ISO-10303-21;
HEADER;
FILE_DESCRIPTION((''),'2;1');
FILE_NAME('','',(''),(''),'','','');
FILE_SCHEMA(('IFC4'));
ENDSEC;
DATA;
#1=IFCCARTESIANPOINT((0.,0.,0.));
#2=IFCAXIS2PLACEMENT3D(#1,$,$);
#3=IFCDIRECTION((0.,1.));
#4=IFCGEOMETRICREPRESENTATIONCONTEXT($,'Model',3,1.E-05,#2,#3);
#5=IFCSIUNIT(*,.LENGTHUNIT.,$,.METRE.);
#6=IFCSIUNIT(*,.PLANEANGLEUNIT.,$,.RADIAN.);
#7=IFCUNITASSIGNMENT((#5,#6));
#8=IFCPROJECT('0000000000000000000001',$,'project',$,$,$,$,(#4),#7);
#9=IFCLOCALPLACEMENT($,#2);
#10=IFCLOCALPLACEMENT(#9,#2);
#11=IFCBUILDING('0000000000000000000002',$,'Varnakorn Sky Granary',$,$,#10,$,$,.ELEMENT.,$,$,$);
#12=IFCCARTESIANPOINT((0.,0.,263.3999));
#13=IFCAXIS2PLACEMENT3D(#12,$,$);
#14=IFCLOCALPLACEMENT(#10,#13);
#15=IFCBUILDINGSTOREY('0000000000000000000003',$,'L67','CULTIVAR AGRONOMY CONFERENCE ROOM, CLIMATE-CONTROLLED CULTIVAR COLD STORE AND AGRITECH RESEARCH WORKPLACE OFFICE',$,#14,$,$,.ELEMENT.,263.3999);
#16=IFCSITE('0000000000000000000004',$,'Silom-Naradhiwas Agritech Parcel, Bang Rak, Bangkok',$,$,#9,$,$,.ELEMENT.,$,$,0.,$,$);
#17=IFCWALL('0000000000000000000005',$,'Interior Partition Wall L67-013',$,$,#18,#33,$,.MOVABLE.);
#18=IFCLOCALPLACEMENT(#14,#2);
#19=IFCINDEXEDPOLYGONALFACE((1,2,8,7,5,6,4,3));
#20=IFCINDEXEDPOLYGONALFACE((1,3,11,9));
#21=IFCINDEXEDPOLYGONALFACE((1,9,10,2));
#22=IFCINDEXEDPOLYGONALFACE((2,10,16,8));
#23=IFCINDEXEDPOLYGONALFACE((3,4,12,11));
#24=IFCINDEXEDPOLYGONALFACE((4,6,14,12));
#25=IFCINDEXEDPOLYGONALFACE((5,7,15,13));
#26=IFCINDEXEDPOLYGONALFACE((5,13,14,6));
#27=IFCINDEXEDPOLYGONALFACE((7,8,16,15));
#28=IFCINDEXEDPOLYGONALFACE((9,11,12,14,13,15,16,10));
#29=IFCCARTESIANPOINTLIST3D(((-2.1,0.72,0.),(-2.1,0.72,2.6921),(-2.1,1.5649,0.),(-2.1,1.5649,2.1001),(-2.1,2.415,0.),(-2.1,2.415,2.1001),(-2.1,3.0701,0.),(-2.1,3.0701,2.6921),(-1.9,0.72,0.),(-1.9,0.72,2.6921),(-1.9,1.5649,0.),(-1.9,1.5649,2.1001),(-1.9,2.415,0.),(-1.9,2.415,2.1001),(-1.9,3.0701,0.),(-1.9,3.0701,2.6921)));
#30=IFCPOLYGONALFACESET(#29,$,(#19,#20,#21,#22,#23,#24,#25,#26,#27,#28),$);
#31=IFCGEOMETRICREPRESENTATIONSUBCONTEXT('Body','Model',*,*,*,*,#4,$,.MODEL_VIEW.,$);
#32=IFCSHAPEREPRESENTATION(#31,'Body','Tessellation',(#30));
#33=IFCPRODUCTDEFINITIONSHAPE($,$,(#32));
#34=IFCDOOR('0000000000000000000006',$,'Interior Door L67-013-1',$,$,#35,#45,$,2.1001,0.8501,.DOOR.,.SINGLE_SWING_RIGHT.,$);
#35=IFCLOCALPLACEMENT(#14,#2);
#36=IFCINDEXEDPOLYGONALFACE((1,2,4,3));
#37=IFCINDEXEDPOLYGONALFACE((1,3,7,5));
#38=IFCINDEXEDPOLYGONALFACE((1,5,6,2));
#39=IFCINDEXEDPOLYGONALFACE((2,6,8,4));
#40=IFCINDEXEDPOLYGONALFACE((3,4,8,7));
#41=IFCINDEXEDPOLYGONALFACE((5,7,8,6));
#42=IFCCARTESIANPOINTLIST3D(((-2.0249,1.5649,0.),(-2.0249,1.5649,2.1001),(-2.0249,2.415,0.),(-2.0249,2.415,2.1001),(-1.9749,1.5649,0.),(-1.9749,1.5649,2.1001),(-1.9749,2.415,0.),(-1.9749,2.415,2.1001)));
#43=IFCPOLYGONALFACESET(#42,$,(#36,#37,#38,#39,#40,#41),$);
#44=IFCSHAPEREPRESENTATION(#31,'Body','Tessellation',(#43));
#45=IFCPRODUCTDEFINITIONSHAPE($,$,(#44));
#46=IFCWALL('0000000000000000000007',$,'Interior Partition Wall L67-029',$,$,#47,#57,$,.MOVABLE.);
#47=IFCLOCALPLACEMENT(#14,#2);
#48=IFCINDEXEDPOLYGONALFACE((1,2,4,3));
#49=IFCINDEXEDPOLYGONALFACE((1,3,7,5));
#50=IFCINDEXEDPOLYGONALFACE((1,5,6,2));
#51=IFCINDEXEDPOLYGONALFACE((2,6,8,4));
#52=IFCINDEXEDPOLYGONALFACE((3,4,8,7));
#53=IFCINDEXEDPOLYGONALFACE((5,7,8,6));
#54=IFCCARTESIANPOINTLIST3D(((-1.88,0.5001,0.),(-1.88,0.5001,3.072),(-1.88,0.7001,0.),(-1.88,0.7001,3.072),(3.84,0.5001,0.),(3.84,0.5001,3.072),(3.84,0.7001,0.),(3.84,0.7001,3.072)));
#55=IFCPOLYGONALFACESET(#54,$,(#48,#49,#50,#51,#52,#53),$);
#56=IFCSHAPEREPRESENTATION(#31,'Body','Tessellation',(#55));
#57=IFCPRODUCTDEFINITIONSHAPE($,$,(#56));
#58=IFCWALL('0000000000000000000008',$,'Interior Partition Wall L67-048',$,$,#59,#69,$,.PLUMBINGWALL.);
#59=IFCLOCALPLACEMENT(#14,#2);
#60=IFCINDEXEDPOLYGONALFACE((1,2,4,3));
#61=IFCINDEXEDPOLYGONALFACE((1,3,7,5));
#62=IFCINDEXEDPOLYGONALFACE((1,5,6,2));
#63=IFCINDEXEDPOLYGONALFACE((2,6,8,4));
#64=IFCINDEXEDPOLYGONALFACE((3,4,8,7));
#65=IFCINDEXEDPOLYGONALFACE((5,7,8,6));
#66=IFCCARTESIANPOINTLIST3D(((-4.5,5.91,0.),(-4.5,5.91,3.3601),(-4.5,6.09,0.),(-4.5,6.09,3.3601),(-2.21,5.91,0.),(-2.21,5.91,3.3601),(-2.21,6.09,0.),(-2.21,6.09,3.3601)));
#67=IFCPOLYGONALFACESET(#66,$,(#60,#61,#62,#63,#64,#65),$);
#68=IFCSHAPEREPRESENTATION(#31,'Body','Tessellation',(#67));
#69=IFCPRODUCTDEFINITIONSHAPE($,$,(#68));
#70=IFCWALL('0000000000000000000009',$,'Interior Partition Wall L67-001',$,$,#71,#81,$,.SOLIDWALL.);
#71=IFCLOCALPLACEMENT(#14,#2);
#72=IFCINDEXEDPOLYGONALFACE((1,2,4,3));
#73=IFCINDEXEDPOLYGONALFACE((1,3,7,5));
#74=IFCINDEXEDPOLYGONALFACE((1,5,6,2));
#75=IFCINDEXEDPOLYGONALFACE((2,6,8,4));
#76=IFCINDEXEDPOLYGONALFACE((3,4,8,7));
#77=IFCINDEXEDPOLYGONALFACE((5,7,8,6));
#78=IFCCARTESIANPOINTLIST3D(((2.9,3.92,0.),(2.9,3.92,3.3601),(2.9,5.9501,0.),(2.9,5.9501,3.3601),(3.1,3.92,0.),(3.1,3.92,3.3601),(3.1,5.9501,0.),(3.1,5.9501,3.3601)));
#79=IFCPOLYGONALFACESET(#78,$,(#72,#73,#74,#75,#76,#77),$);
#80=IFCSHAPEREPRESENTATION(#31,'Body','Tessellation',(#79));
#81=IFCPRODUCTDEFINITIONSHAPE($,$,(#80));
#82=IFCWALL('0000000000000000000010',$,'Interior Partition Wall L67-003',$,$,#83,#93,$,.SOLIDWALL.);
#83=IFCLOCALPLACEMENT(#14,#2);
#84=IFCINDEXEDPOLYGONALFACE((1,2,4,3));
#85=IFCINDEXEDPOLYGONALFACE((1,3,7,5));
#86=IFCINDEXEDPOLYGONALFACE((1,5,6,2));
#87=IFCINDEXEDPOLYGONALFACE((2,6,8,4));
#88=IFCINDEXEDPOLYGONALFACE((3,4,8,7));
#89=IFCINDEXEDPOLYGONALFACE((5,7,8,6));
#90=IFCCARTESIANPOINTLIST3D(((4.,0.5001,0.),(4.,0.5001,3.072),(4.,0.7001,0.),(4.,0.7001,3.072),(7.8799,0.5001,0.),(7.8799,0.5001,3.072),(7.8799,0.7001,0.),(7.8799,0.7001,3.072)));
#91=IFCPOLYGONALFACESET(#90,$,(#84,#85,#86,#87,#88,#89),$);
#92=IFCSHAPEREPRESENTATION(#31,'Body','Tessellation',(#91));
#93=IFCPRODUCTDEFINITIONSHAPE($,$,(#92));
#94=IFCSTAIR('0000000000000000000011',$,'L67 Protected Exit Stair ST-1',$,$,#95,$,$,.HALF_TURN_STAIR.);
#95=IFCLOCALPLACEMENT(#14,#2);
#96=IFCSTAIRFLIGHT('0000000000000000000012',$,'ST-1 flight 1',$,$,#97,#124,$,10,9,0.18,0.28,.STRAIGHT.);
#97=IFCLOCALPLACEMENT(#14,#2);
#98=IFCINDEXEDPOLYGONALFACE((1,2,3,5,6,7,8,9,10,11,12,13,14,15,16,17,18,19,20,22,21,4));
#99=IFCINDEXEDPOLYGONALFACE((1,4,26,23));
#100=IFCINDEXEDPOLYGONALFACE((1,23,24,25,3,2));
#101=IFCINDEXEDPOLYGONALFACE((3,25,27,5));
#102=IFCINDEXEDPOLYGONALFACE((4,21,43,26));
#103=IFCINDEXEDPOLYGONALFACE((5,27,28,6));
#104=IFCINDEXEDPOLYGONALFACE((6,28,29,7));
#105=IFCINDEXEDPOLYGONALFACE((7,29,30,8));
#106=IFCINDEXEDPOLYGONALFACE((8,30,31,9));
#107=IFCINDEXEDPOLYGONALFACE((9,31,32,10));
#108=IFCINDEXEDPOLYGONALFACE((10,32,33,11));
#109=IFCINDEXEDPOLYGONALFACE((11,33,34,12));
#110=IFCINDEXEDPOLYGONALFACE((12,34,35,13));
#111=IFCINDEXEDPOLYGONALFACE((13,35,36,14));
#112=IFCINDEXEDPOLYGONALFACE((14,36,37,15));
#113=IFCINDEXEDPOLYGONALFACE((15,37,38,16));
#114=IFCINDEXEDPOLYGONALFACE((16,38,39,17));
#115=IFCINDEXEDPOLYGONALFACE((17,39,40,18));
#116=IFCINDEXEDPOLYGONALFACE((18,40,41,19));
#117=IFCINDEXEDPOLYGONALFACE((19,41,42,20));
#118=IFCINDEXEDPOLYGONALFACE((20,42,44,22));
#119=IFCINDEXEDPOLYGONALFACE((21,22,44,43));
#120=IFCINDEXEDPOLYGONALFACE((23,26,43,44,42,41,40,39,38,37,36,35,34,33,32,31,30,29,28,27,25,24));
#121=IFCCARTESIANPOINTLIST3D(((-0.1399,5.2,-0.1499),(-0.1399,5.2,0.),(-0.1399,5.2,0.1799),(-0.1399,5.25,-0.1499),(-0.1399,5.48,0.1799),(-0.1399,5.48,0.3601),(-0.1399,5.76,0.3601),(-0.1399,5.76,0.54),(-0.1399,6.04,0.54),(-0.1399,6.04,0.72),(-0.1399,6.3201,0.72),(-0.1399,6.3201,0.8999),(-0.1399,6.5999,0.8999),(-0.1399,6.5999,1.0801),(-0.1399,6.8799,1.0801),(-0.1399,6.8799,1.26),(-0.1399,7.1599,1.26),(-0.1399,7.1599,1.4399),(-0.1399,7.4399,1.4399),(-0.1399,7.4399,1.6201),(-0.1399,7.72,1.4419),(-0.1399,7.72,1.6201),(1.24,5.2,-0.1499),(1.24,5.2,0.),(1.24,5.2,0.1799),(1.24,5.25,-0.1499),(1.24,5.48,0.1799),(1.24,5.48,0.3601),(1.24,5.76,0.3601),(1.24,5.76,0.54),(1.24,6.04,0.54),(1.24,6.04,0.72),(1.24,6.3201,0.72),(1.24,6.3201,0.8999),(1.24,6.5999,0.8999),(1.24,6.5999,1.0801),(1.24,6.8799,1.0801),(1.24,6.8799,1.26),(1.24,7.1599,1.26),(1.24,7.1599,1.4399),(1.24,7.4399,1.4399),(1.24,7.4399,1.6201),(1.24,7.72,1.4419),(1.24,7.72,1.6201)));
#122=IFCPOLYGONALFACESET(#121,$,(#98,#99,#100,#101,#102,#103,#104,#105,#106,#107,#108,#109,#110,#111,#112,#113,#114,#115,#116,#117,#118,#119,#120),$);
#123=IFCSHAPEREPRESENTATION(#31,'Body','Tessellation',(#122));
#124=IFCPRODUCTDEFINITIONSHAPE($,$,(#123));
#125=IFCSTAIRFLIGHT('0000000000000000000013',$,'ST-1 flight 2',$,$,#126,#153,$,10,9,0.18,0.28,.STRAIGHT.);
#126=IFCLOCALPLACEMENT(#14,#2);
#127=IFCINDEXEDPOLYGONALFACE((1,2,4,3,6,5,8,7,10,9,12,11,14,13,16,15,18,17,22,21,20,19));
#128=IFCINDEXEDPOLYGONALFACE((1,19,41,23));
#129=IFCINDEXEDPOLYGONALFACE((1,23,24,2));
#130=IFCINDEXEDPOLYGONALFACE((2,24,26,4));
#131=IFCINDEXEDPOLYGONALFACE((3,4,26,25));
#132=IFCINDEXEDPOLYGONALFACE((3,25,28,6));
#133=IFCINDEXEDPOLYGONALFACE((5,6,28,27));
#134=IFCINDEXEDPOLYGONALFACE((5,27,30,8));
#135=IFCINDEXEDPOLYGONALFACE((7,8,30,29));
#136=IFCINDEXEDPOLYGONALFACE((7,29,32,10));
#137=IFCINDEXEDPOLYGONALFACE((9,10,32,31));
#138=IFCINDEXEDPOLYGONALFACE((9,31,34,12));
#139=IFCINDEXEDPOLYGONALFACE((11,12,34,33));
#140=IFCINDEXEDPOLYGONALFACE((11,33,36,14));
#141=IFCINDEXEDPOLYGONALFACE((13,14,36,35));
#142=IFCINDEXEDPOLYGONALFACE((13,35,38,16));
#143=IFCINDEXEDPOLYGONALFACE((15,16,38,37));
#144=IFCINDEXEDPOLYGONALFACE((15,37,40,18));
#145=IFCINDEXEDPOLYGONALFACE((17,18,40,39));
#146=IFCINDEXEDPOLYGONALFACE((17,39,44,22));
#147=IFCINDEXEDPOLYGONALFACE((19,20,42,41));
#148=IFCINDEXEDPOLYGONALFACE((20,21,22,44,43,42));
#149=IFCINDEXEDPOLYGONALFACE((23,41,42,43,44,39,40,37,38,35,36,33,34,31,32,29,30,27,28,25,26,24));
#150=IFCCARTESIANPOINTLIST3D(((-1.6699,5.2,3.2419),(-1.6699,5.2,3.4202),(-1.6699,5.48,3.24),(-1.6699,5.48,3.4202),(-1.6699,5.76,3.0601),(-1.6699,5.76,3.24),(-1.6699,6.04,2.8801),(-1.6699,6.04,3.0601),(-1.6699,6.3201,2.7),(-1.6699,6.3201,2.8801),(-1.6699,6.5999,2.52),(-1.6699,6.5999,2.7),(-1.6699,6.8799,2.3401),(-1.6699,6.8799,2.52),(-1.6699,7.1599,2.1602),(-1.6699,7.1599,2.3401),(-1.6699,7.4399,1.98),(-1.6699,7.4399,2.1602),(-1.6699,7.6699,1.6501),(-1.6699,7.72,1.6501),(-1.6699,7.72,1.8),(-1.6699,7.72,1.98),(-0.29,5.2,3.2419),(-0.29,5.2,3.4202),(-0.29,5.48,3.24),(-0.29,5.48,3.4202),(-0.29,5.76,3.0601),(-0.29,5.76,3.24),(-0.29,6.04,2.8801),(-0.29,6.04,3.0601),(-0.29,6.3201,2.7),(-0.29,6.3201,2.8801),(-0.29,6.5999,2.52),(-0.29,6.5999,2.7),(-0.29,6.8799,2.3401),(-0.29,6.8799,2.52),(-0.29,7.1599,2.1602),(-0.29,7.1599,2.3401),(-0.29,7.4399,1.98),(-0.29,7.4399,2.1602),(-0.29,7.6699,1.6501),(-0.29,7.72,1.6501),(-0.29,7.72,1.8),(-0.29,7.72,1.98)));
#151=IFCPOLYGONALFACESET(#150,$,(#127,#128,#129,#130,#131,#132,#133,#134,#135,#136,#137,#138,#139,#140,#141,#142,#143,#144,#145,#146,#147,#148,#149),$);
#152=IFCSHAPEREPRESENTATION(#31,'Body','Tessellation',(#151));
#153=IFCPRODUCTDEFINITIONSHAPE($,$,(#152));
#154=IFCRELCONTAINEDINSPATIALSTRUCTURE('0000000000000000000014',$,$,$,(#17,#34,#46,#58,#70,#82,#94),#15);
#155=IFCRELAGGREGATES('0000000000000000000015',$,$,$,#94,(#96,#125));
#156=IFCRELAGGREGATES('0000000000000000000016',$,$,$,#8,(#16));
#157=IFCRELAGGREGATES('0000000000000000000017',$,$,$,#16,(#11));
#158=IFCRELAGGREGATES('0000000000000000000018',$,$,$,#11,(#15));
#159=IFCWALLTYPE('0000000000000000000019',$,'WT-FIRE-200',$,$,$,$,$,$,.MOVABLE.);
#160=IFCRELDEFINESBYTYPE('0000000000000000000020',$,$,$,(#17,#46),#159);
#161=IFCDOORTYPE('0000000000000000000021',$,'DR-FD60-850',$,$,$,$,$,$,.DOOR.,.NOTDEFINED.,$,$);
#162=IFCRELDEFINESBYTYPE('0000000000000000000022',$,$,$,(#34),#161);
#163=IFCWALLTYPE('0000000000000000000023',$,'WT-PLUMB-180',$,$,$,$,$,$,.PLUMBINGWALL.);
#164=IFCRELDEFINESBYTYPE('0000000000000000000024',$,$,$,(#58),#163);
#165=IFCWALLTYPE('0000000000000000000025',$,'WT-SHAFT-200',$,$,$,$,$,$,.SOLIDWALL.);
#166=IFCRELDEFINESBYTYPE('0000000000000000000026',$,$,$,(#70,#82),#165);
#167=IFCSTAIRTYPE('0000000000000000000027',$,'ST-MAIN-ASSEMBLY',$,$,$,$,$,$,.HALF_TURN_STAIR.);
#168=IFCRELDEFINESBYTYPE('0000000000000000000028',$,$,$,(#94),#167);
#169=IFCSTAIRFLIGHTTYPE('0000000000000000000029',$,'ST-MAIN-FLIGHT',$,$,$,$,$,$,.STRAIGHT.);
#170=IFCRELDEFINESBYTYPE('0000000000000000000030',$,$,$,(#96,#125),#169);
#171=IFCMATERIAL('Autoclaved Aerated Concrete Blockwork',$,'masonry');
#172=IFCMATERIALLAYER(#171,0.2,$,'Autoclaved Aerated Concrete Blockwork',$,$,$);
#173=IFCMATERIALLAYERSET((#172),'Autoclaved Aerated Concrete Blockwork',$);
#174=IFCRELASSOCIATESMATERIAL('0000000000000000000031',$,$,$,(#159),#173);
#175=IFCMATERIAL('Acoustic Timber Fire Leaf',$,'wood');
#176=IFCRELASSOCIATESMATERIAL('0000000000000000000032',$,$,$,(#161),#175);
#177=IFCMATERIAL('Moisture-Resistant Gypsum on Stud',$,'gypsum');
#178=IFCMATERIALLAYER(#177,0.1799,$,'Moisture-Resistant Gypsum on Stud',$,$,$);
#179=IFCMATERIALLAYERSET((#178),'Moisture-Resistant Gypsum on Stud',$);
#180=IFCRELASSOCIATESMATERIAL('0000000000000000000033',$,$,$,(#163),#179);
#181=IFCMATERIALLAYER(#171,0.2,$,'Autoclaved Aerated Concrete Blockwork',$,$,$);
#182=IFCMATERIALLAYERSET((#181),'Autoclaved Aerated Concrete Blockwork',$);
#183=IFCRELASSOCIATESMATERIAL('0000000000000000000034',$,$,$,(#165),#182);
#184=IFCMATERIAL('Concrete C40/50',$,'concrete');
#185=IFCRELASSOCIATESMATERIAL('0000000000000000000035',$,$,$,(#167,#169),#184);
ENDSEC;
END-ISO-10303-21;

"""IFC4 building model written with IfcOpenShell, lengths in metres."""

from ifc_helpers import new_model, si_unit, direction, frame, frame_2d, origin, place, context, subcontext, project, spatial, polyline, rectangle, outline, extrude, material, layer, layer_set, type_object, element, fill, aggregate, save


model = new_model("IFC4")

# Units and contexts
model_context = context("Model", 3, precision=1e-05, world=origin(), true_north=direction((0.0, 1.0)))
body_context = subcontext(model_context, "Body", "Model", "MODEL_VIEW")
ifc_project = project(units=[si_unit("LENGTHUNIT", "METRE"), si_unit("PLANEANGLEUNIT", "RADIAN")], contexts=[model_context])

# Site, building, storey
site_placement = place(None, origin())
site = spatial("IfcSite", under=ifc_project, at=site_placement, Name="Silom-Naradhiwas Agritech Parcel, Bang Rak, Bangkok", CompositionType="ELEMENT", RefElevation=0.0)
building_placement = place(site_placement, origin())
building = spatial("IfcBuilding", under=site, at=building_placement, Name="Varnakorn Sky Granary", CompositionType="ELEMENT")
storey_placement = place(building_placement, frame((0.0, 0.0, 263.3999)))
storey = spatial("IfcBuildingStorey", under=building, at=storey_placement, Name="L67", Description="CULTIVAR AGRONOMY CONFERENCE ROOM, CLIMATE-CONTROLLED CULTIVAR COLD STORE AND AGRITECH RESEARCH WORKPLACE OFFICE", CompositionType="ELEMENT", Elevation=263.3999)

# Shared definitions
ifc_material_1 = material(Name="Autoclaved Aerated Concrete Blockwork", Category="masonry")
ifc_layer_1 = layer(ifc_material_1, 0.2, Name="Autoclaved Aerated Concrete Blockwork")
ifc_layer_set_1 = layer_set([ifc_layer_1], Name="Autoclaved Aerated Concrete Blockwork")
wall_type_1 = type_object("IfcWallType", Name="WT-FIRE-200", PredefinedType="MOVABLE", material=ifc_layer_set_1)
ifc_material_2 = material(Name="Acoustic Timber Fire Leaf", Category="wood")
door_type_1 = type_object("IfcDoorType", Name="DR-FD60-850", OperationType="NOTDEFINED", PredefinedType="DOOR", material=ifc_material_2)

# Wall, opening, door
wall_1_placement = place(storey_placement, frame((-2.0, 0.72, 0.0), z_axis=(0.0, 0.0, 1.0), x_axis=(0.0, 1.0, 0.0)))
wall_1 = element("IfcWall", 1, at=wall_1_placement, inside=storey, type_object=wall_type_1, Name="Interior Partition Wall L67-013", PredefinedType="MOVABLE", context=body_context, shape_type="SweptSolid", body=[
    extrude(rectangle(XDim=2.3501, YDim=0.2, at=frame_2d((1.175, 0.0))), origin(), (0.0, 0.0, 1.0), 2.6921),
])
opening_1_placement = place(wall_1_placement, frame((0.845, 0.0, 0.0)))
opening_1 = element("IfcOpeningElement", 2, at=opening_1_placement, cuts=wall_1, PredefinedType="OPENING", context=body_context, shape_type="SweptSolid", body=[
    extrude(rectangle(XDim=0.8501, YDim=2.1001, at=frame_2d((0.425, 1.05))), frame((0.0, 0.1099, 0.0), z_axis=(0.0, -1.0, 0.0), x_axis=(1.0, 0.0, 0.0)), (0.0, 0.0, 1.0), 0.22),
])
door_1_placement = place(opening_1_placement, origin())
door_1 = element("IfcDoor", 3, at=door_1_placement, inside=storey, type_object=door_type_1, Name="Interior Door L67-013-1", OperationType="SINGLE_SWING_RIGHT", OverallHeight=2.1001, OverallWidth=0.8501, PredefinedType="DOOR", context=body_context, shape_type="SweptSolid", body=[
    extrude(rectangle(XDim=0.8501, YDim=2.1001, at=frame_2d((0.425, 1.05))), frame((0.0, 0.0249, 0.0), z_axis=(0.0, -1.0, 0.0), x_axis=(1.0, 0.0, 0.0)), (0.0, 0.0, 1.0), 0.05),
])
fill(opening_1, door_1)

# Walls
wall_2_placement = place(storey_placement, frame((-1.8799, 0.6001, 0.0), z_axis=(0.0, 0.0, 1.0), x_axis=(1.0, 0.0, 0.0)))
element("IfcWall", 4, at=wall_2_placement, inside=storey, type_object=wall_type_1, Name="Interior Partition Wall L67-029", PredefinedType="MOVABLE", context=body_context, shape_type="SweptSolid", body=[
    extrude(rectangle(XDim=5.72, YDim=0.2, at=frame_2d((2.8599, 0.0))), origin(), (0.0, 0.0, 1.0), 3.072),
])
ifc_material_3 = material(Name="Moisture-Resistant Gypsum on Stud", Category="gypsum")
ifc_layer_2 = layer(ifc_material_3, 0.1799, Name="Moisture-Resistant Gypsum on Stud")
ifc_layer_set_2 = layer_set([ifc_layer_2], Name="Moisture-Resistant Gypsum on Stud")
wall_type_2 = type_object("IfcWallType", Name="WT-PLUMB-180", PredefinedType="PLUMBINGWALL", material=ifc_layer_set_2)
wall_3_placement = place(storey_placement, frame((-2.21, 6.0, 0.0), z_axis=(0.0, 0.0, 1.0), x_axis=(-1.0, 0.0, 0.0)))
element("IfcWall", 5, at=wall_3_placement, inside=storey, type_object=wall_type_2, Name="Interior Partition Wall L67-048", PredefinedType="PLUMBINGWALL", context=body_context, shape_type="SweptSolid", body=[
    extrude(rectangle(XDim=2.29, YDim=0.1799, at=frame_2d((1.145, 0.0))), origin(), (0.0, 0.0, 1.0), 3.3601),
])
ifc_layer_3 = layer(ifc_material_1, 0.2, Name="Autoclaved Aerated Concrete Blockwork")
ifc_layer_set_3 = layer_set([ifc_layer_3], Name="Autoclaved Aerated Concrete Blockwork")
wall_type_3 = type_object("IfcWallType", Name="WT-SHAFT-200", PredefinedType="SOLIDWALL", material=ifc_layer_set_3)
wall_4_placement = place(storey_placement, frame((3.0, 3.9199, 0.0), z_axis=(0.0, 0.0, 1.0), x_axis=(0.0, 1.0, 0.0)))
element("IfcWall", 6, at=wall_4_placement, inside=storey, type_object=wall_type_3, Name="Interior Partition Wall L67-001", PredefinedType="SOLIDWALL", context=body_context, shape_type="SweptSolid", body=[
    extrude(rectangle(XDim=2.03, YDim=0.2, at=frame_2d((1.0151, 0.0))), origin(), (0.0, 0.0, 1.0), 3.3601),
])
wall_5_placement = place(storey_placement, frame((4.0, 0.6001, 0.0), z_axis=(0.0, 0.0, 1.0), x_axis=(1.0, 0.0, 0.0)))
element("IfcWall", 7, at=wall_5_placement, inside=storey, type_object=wall_type_3, Name="Interior Partition Wall L67-003", PredefinedType="SOLIDWALL", context=body_context, shape_type="SweptSolid", body=[
    extrude(rectangle(XDim=3.8799, YDim=0.2, at=frame_2d((1.9399, 0.0))), origin(), (0.0, 0.0, 1.0), 3.072),
])

# Stair, stair flights
ifc_material_4 = material(Name="Concrete C40/50", Category="concrete")
stair_type = type_object("IfcStairType", Name="ST-MAIN-ASSEMBLY", PredefinedType="HALF_TURN_STAIR", material=ifc_material_4)
stair_placement = place(storey_placement, origin())
stair = element("IfcStair", 8, at=stair_placement, inside=storey, type_object=stair_type, Name="L67 Protected Exit Stair ST-1", PredefinedType="HALF_TURN_STAIR")
stair_flight_type = type_object("IfcStairFlightType", Name="ST-MAIN-FLIGHT", PredefinedType="STRAIGHT", material=ifc_material_4)
stair_flight_1_placement = place(storey_placement, frame((0.55, 5.2, 0.0), z_axis=(0.0, 0.0, 1.0), x_axis=(0.0, 1.0, 0.0)))
stair_flight_1 = element("IfcStairFlight", 9, at=stair_flight_1_placement, type_object=stair_flight_type, Name="ST-1 flight 1", NumberOfRisers=10, NumberOfTreads=9, PredefinedType="STRAIGHT", RiserHeight=0.18, TreadLength=0.28, context=body_context, shape_type="SweptSolid", body=[
    extrude(outline(polyline([(0.0, -0.1499), (0.0, 0.0), (0.0, 0.1799), (0.28, 0.1799), (0.28, 0.3601), (0.5601, 0.3601), (0.5601, 0.54), (0.8401, 0.54), (0.8401, 0.72), (1.1201, 0.72), (1.1201, 0.8999), (1.3999, 0.8999), (1.3999, 1.0801), (1.6799, 1.0801), (1.6799, 1.26), (1.96, 1.26), (1.96, 1.4399), (2.24, 1.4399), (2.24, 1.6201), (2.52, 1.6201), (2.52, 1.8), (2.52, 1.4419), (0.05, -0.1499), (0.0, -0.1499)])), frame((0.0, 0.6899, 0.0), z_axis=(0.0, -1.0, 0.0), x_axis=(1.0, 0.0, 0.0)), (0.0, 0.0, 1.0), 1.3799),
])
stair_flight_2_placement = place(storey_placement, frame((-0.98, 7.72, 1.8), z_axis=(0.0, 0.0, 1.0), x_axis=(0.0, -1.0, 0.0)))
stair_flight_2 = element("IfcStairFlight", 10, at=stair_flight_2_placement, type_object=stair_flight_type, Name="ST-1 flight 2", NumberOfRisers=10, NumberOfTreads=9, PredefinedType="STRAIGHT", RiserHeight=0.18, TreadLength=0.28, context=body_context, shape_type="SweptSolid", body=[
    extrude(outline(polyline([(0.0, -0.1499), (0.0, 0.0), (0.0, 0.1799), (0.28, 0.1799), (0.28, 0.3601), (0.5601, 0.3601), (0.5601, 0.54), (0.8401, 0.54), (0.8401, 0.72), (1.1201, 0.72), (1.1201, 0.8999), (1.3999, 0.8999), (1.3999, 1.0801), (1.6799, 1.0801), (1.6799, 1.26), (1.96, 1.26), (1.96, 1.4399), (2.24, 1.4399), (2.24, 1.6201), (2.52, 1.6201), (2.52, 1.8), (2.52, 1.4419), (0.05, -0.1499), (0.0, -0.1499)])), frame((0.0, 0.6899, 0.0), z_axis=(0.0, -1.0, 0.0), x_axis=(1.0, 0.0, 0.0)), (0.0, 0.0, 1.0), 1.3799),
])
aggregate(stair, [stair_flight_1, stair_flight_2])

save(model, "model.ifc")
